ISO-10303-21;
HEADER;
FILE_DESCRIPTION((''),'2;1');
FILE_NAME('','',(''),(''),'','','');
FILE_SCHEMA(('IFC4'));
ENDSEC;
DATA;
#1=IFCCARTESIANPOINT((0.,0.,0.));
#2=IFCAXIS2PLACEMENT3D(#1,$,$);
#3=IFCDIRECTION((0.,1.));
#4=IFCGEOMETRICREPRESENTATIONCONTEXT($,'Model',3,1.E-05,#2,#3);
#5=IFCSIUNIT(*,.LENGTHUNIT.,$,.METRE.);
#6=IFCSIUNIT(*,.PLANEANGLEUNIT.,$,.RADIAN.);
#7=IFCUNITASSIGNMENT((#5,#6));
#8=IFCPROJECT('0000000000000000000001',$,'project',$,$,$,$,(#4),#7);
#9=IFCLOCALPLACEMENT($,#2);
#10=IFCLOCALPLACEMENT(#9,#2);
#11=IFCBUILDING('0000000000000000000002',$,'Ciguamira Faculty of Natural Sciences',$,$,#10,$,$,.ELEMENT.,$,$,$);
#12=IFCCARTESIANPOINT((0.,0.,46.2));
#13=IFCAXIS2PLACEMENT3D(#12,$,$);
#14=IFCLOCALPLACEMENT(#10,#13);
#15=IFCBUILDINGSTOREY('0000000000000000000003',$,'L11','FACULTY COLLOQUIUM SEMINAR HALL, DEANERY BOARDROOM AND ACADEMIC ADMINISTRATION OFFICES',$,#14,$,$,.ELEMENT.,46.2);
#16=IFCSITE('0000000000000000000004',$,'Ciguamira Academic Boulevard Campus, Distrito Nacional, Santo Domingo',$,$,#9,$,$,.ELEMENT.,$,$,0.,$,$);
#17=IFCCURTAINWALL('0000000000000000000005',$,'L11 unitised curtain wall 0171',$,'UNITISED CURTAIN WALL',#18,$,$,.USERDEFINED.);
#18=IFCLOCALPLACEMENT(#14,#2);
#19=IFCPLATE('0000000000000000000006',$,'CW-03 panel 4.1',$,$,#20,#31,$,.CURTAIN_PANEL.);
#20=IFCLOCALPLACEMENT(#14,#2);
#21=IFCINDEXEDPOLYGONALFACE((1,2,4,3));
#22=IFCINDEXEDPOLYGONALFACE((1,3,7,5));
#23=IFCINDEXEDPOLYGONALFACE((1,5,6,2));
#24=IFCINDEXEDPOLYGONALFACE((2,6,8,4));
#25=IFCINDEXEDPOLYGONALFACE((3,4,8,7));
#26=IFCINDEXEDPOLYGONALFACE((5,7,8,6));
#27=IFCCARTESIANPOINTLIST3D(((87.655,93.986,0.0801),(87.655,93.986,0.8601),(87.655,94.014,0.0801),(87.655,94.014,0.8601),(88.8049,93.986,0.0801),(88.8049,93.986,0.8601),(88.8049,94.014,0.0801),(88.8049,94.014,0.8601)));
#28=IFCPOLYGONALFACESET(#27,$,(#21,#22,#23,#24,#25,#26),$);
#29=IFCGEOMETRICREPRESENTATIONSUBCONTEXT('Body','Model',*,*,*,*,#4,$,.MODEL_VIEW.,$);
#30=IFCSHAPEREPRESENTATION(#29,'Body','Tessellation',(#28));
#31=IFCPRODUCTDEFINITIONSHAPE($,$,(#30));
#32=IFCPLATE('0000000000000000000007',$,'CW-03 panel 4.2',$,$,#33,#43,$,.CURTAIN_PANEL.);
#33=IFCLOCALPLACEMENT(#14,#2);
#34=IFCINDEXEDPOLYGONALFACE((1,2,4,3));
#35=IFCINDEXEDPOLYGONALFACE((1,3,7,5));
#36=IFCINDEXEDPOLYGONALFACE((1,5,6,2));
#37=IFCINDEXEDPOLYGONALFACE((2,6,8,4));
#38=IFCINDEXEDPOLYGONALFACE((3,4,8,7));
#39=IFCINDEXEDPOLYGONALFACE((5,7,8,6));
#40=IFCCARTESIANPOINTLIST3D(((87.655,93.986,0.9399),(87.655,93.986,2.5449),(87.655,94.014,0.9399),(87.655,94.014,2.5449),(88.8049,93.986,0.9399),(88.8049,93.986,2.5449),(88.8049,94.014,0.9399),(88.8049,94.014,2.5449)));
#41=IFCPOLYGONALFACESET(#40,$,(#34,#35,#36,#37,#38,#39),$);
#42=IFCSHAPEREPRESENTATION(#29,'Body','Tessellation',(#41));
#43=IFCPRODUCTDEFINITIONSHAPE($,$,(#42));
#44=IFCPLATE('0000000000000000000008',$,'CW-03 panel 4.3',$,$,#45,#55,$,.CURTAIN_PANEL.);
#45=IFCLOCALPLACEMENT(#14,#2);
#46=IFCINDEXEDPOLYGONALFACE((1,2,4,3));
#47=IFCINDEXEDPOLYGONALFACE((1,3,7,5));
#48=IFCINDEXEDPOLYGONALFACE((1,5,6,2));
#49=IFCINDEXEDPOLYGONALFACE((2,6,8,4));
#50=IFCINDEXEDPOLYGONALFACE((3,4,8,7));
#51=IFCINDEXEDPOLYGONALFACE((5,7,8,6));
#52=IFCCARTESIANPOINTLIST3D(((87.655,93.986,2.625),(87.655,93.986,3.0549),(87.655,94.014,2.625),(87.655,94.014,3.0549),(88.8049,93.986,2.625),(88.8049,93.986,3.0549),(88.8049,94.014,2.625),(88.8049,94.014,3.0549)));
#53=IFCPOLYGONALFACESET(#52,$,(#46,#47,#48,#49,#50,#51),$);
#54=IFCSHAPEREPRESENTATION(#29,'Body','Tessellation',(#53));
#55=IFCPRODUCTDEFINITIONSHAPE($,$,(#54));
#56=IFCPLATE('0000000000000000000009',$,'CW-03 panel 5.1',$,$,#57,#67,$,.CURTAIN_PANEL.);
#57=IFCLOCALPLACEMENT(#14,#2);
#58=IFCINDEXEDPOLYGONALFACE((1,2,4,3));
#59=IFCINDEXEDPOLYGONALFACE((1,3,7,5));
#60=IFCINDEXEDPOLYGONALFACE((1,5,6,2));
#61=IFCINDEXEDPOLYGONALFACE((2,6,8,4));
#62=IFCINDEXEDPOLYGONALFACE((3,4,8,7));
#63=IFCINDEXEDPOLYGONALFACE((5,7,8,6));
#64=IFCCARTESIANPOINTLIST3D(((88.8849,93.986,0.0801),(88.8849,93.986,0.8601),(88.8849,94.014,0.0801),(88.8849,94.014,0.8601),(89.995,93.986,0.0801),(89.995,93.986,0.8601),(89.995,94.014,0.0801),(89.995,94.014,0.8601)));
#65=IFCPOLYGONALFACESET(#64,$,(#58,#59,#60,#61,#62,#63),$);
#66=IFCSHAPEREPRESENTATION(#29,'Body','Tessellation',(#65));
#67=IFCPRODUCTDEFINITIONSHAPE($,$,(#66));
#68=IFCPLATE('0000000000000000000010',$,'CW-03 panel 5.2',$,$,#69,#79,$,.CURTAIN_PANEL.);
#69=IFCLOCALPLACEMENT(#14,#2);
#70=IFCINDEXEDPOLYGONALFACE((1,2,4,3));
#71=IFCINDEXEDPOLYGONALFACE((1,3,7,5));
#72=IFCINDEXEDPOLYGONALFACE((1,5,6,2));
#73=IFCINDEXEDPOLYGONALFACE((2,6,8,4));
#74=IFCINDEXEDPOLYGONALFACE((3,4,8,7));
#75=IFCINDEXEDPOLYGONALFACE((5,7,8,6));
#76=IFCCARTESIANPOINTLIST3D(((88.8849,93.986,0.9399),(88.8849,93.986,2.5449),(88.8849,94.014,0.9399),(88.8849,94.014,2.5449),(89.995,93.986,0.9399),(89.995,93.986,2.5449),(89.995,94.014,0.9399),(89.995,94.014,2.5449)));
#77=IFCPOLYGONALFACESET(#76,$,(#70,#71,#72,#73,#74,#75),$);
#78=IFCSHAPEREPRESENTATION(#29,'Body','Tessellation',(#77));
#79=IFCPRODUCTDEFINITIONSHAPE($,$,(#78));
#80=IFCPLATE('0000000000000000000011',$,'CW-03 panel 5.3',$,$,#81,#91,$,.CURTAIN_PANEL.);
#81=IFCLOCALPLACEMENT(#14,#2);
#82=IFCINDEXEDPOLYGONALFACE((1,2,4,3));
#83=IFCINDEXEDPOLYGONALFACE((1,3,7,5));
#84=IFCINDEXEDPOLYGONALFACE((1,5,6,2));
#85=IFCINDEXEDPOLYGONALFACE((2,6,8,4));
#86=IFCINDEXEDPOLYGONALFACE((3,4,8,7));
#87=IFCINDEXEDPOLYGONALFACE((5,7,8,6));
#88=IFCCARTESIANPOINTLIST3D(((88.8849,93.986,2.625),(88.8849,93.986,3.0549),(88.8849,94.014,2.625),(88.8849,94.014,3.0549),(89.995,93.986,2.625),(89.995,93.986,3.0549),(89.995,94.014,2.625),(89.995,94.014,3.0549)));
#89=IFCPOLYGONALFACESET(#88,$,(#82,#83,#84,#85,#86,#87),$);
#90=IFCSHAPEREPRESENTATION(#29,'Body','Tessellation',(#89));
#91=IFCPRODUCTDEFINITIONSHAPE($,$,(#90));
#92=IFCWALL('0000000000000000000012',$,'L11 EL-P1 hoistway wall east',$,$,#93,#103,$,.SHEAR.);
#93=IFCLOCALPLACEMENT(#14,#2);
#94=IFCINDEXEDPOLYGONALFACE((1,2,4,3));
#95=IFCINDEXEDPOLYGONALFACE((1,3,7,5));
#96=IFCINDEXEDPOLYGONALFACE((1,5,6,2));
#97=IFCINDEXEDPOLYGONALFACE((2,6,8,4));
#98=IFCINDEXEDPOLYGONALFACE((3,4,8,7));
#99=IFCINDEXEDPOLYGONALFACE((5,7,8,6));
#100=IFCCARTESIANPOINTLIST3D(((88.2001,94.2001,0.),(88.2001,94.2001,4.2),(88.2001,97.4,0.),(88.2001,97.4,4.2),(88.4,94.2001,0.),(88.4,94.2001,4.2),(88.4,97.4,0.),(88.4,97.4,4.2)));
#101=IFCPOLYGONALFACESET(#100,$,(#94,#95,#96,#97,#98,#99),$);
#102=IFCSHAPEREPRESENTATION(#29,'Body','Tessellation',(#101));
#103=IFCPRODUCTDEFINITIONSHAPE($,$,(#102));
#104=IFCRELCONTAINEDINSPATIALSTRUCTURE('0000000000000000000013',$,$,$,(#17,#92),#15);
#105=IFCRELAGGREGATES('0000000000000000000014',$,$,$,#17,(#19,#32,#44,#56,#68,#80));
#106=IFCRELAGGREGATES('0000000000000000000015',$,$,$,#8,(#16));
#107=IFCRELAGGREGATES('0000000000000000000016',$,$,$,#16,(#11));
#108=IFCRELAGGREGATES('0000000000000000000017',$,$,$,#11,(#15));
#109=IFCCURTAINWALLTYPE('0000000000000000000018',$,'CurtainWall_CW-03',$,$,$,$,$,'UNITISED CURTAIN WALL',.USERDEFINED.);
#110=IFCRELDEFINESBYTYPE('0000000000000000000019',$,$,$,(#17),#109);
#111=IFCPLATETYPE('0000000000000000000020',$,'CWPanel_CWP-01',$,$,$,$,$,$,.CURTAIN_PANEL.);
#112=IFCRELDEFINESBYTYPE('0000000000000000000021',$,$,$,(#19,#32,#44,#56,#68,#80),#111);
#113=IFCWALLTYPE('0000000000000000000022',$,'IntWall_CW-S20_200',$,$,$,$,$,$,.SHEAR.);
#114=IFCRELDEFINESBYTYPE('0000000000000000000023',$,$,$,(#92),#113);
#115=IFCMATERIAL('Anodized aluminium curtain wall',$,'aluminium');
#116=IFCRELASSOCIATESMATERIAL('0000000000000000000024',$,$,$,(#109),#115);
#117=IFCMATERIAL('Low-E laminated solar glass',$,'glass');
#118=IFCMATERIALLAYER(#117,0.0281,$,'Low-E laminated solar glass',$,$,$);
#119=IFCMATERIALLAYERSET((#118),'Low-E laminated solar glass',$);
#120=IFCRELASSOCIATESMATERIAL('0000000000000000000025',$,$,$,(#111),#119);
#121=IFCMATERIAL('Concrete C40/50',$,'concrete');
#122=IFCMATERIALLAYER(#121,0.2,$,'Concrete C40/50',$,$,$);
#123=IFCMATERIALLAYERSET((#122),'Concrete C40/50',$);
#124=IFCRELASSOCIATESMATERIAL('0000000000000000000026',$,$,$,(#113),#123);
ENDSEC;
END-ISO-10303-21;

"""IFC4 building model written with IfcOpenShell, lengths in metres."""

from ifc_helpers import new_model, si_unit, direction, frame, frame_2d, origin, origin_2d, place, context, subcontext, project, spatial, rectangle, extrude, material, layer, layer_set, type_object, element, aggregate, save


model = new_model("IFC4")

# Units and contexts
model_context = context("Model", 3, precision=1e-05, world=origin(), true_north=direction((0.0, 1.0)))
body_context = subcontext(model_context, "Body", "Model", "MODEL_VIEW")
ifc_project = project(units=[si_unit("LENGTHUNIT", "METRE"), si_unit("PLANEANGLEUNIT", "RADIAN")], contexts=[model_context])

# Site, building, storey
site_placement = place(None, origin())
site = spatial("IfcSite", under=ifc_project, at=site_placement, Name="Ciguamira Academic Boulevard Campus, Distrito Nacional, Santo Domingo", CompositionType="ELEMENT", RefElevation=0.0)
building_placement = place(site_placement, origin())
building = spatial("IfcBuilding", under=site, at=building_placement, Name="Ciguamira Faculty of Natural Sciences", CompositionType="ELEMENT")
storey_placement = place(building_placement, frame((0.0, 0.0, 46.2)))
storey = spatial("IfcBuildingStorey", under=building, at=storey_placement, Name="L11", Description="FACULTY COLLOQUIUM SEMINAR HALL, DEANERY BOARDROOM AND ACADEMIC ADMINISTRATION OFFICES", CompositionType="ELEMENT", Elevation=46.2)

# Curtain wall, plates
ifc_material_1 = material(Name="Anodized aluminium curtain wall", Category="aluminium")
curtain_wall_type = type_object("IfcCurtainWallType", Name="CurtainWall_CW-03", ElementType="UNITISED CURTAIN WALL", PredefinedType="USERDEFINED", material=ifc_material_1)
curtain_wall_placement = place(storey_placement, origin())
curtain_wall = element("IfcCurtainWall", 1, at=curtain_wall_placement, inside=storey, type_object=curtain_wall_type, Name="L11 unitised curtain wall 0171", ObjectType="UNITISED CURTAIN WALL", PredefinedType="USERDEFINED")
ifc_material_2 = material(Name="Low-E laminated solar glass", Category="glass")
ifc_layer_1 = layer(ifc_material_2, 0.0281, Name="Low-E laminated solar glass")
ifc_layer_set_1 = layer_set([ifc_layer_1], Name="Low-E laminated solar glass")
plate_type = type_object("IfcPlateType", Name="CWPanel_CWP-01", PredefinedType="CURTAIN_PANEL", material=ifc_layer_set_1)
plate_1_placement = place(storey_placement, frame((88.23, 94.0, 0.0801), z_axis=(0.0, 0.0, 1.0), x_axis=(1.0, 0.0, 0.0)))
plate_1 = element("IfcPlate", 2, at=plate_1_placement, type_object=plate_type, Name="CW-03 panel 4.1", PredefinedType="CURTAIN_PANEL", context=body_context, shape_type="SweptSolid", body=[
    extrude(rectangle(XDim=1.1499, YDim=0.0281, at=origin_2d()), origin(), (0.0, 0.0, 1.0), 0.78),
])
plate_2_placement = place(storey_placement, frame((88.23, 94.0, 0.9399), z_axis=(0.0, 0.0, 1.0), x_axis=(1.0, 0.0, 0.0)))
plate_2 = element("IfcPlate", 3, at=plate_2_placement, type_object=plate_type, Name="CW-03 panel 4.2", PredefinedType="CURTAIN_PANEL", context=body_context, shape_type="SweptSolid", body=[
    extrude(rectangle(XDim=1.1499, YDim=0.0281, at=origin_2d()), origin(), (0.0, 0.0, 1.0), 1.605),
])
plate_3_placement = place(storey_placement, frame((88.23, 94.0, 2.625), z_axis=(0.0, 0.0, 1.0), x_axis=(1.0, 0.0, 0.0)))
plate_3 = element("IfcPlate", 4, at=plate_3_placement, type_object=plate_type, Name="CW-03 panel 4.3", PredefinedType="CURTAIN_PANEL", context=body_context, shape_type="SweptSolid", body=[
    extrude(rectangle(XDim=1.1499, YDim=0.0281, at=origin_2d()), origin(), (0.0, 0.0, 1.0), 0.4299),
])
plate_4_placement = place(storey_placement, frame((89.4399, 94.0, 0.0801), z_axis=(0.0, 0.0, 1.0), x_axis=(1.0, 0.0, 0.0)))
plate_4 = element("IfcPlate", 5, at=plate_4_placement, type_object=plate_type, Name="CW-03 panel 5.1", PredefinedType="CURTAIN_PANEL", context=body_context, shape_type="SweptSolid", body=[
    extrude(rectangle(XDim=1.1101, YDim=0.0281, at=origin_2d()), origin(), (0.0, 0.0, 1.0), 0.78),
])
plate_5_placement = place(storey_placement, frame((89.4399, 94.0, 0.9399), z_axis=(0.0, 0.0, 1.0), x_axis=(1.0, 0.0, 0.0)))
plate_5 = element("IfcPlate", 6, at=plate_5_placement, type_object=plate_type, Name="CW-03 panel 5.2", PredefinedType="CURTAIN_PANEL", context=body_context, shape_type="SweptSolid", body=[
    extrude(rectangle(XDim=1.1101, YDim=0.0281, at=origin_2d()), origin(), (0.0, 0.0, 1.0), 1.605),
])
plate_6_placement = place(storey_placement, frame((89.4399, 94.0, 2.625), z_axis=(0.0, 0.0, 1.0), x_axis=(1.0, 0.0, 0.0)))
plate_6 = element("IfcPlate", 7, at=plate_6_placement, type_object=plate_type, Name="CW-03 panel 5.3", PredefinedType="CURTAIN_PANEL", context=body_context, shape_type="SweptSolid", body=[
    extrude(rectangle(XDim=1.1101, YDim=0.0281, at=origin_2d()), origin(), (0.0, 0.0, 1.0), 0.4299),
])
aggregate(curtain_wall, [plate_1, plate_2, plate_3, plate_4, plate_5, plate_6])

# Wall
ifc_material_3 = material(Name="Concrete C40/50", Category="concrete")
ifc_layer_2 = layer(ifc_material_3, 0.2, Name="Concrete C40/50")
ifc_layer_set_2 = layer_set([ifc_layer_2], Name="Concrete C40/50")
wall_type = type_object("IfcWallType", Name="IntWall_CW-S20_200", PredefinedType="SHEAR", material=ifc_layer_set_2)
wall_placement = place(storey_placement, frame((88.3, 94.2, 0.0), z_axis=(0.0, 0.0, 1.0), x_axis=(0.0, 1.0, 0.0)))
element("IfcWall", 8, at=wall_placement, inside=storey, type_object=wall_type, Name="L11 EL-P1 hoistway wall east", PredefinedType="SHEAR", context=body_context, shape_type="SweptSolid", body=[
    extrude(rectangle(XDim=3.2, YDim=0.2, at=frame_2d((1.6001, 0.0))), origin(), (0.0, 0.0, 1.0), 4.2),
])

save(model, "model.ifc")
